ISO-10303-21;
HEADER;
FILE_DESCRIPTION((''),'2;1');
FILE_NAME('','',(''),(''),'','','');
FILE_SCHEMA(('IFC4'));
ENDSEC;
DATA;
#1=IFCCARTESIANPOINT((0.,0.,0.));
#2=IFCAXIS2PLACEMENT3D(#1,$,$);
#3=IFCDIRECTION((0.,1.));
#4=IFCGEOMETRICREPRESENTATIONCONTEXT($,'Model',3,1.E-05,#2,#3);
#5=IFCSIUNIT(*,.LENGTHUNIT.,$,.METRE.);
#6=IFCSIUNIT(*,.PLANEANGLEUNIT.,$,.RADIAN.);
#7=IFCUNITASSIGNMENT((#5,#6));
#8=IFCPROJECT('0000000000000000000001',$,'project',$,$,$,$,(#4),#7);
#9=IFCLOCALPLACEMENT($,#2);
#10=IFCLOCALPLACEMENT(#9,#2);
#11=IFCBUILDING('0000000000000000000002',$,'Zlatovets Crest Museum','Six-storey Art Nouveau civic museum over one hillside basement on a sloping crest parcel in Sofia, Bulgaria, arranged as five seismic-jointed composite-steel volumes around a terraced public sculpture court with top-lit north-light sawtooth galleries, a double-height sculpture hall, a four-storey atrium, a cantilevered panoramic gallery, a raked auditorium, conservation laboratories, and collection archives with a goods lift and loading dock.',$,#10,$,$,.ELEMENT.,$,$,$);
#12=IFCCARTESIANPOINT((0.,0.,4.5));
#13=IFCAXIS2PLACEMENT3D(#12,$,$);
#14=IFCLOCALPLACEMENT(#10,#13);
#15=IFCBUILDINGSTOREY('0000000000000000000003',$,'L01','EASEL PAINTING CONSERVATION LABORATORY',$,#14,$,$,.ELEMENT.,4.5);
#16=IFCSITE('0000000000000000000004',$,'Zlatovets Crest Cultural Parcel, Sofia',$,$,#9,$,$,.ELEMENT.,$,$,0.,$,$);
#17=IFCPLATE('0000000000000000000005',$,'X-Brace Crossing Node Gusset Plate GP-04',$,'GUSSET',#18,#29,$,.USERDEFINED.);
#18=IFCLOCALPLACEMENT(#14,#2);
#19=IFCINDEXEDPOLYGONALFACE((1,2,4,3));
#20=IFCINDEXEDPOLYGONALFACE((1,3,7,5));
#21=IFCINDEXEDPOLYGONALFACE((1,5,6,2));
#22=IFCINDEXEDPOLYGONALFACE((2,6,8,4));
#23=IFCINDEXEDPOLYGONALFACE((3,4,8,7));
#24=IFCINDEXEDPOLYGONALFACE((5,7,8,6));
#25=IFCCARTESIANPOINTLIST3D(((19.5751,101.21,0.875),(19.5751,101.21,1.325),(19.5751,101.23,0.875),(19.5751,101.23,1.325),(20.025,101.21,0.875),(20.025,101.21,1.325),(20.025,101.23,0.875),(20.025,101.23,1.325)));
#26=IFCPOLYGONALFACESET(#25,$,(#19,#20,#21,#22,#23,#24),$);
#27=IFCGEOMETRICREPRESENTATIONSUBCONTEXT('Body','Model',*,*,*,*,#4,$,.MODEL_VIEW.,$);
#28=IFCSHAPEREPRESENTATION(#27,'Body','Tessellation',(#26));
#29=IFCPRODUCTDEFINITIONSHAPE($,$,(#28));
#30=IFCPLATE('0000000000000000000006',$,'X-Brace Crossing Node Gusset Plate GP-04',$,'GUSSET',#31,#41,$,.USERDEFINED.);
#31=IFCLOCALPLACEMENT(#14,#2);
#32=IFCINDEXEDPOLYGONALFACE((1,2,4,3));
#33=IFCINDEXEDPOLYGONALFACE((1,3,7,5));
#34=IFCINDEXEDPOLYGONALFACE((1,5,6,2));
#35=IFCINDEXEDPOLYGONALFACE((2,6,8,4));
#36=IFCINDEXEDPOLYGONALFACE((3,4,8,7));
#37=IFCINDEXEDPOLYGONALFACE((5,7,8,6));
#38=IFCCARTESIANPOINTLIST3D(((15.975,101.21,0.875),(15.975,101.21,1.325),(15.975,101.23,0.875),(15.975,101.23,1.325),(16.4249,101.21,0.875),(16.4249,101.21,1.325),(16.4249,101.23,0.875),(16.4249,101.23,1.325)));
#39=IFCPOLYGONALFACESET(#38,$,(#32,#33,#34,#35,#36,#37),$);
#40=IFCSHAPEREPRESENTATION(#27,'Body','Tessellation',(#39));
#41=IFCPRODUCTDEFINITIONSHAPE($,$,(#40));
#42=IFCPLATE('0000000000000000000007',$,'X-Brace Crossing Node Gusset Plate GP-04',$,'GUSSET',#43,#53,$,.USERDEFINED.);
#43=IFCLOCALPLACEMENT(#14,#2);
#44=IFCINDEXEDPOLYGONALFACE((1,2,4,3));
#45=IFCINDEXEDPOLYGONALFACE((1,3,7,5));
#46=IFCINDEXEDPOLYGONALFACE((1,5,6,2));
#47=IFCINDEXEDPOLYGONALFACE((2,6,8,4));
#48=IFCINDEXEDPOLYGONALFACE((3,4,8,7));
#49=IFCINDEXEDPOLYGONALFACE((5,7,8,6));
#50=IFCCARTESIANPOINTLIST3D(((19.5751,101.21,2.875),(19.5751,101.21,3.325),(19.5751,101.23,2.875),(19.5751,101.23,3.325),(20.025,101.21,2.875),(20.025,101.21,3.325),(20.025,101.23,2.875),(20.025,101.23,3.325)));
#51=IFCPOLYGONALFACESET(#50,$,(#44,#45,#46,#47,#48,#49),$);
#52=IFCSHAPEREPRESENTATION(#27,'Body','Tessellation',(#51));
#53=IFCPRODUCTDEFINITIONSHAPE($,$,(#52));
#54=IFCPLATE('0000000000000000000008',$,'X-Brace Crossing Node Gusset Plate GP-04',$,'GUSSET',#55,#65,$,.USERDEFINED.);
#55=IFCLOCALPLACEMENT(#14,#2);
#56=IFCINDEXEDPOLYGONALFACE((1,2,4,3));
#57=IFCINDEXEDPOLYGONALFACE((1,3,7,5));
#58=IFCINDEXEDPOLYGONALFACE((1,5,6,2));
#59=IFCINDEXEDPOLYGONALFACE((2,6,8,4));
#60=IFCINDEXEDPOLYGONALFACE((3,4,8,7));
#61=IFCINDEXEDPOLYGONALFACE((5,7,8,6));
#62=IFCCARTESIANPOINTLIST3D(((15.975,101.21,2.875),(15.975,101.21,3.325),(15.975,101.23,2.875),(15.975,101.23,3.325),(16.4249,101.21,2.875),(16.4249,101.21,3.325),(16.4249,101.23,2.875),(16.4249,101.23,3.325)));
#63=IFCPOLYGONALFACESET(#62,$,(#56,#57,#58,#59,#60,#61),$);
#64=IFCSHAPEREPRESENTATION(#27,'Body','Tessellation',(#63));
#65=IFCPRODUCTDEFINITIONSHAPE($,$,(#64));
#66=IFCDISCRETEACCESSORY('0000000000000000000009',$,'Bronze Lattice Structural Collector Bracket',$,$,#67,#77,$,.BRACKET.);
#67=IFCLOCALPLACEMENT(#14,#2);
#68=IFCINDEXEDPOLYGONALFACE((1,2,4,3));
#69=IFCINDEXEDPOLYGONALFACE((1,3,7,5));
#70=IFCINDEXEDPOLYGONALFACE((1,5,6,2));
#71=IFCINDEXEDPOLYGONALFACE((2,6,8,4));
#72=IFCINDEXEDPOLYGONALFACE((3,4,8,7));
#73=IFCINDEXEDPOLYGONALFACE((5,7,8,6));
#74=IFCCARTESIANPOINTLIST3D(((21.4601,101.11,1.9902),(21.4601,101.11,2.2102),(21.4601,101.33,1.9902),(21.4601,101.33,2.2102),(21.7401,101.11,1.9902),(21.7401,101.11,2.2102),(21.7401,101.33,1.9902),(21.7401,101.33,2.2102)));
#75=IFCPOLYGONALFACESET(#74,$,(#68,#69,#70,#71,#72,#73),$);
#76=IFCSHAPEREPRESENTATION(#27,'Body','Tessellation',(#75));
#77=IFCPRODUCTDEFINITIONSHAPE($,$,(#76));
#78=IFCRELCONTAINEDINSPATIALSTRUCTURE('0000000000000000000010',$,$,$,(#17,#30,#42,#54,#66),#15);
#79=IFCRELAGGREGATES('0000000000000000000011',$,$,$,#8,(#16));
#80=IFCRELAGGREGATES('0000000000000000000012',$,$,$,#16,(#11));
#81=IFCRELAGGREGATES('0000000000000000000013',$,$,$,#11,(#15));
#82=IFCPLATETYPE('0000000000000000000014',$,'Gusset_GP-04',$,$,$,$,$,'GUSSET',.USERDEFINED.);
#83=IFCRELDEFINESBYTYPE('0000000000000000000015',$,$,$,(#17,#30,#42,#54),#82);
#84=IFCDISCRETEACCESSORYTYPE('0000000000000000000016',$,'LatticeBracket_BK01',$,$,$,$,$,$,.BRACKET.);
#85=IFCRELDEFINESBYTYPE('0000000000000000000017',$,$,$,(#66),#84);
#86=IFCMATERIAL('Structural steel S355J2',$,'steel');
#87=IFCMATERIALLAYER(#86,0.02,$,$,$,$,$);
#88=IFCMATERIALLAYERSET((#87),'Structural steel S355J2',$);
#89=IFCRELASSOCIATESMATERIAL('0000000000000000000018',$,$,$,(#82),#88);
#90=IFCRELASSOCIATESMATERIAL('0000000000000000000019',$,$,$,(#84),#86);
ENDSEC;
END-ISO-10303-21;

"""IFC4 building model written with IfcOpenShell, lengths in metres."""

from ifc_helpers import new_model, si_unit, direction, frame, origin, origin_2d, place, context, subcontext, project, spatial, rectangle, extrude, material, layer, layer_set, type_object, element, save


model = new_model("IFC4")

# Units and contexts
model_context = context("Model", 3, precision=1e-05, world=origin(), true_north=direction((0.0, 1.0)))
body_context = subcontext(model_context, "Body", "Model", "MODEL_VIEW")
ifc_project = project(units=[si_unit("LENGTHUNIT", "METRE"), si_unit("PLANEANGLEUNIT", "RADIAN")], contexts=[model_context])

# Site, building, storey
site_placement = place(None, origin())
site = spatial("IfcSite", under=ifc_project, at=site_placement, Name="Zlatovets Crest Cultural Parcel, Sofia", CompositionType="ELEMENT", RefElevation=0.0)
building_placement = place(site_placement, origin())
building = spatial("IfcBuilding", under=site, at=building_placement, Name="Zlatovets Crest Museum", Description="Six-storey Art Nouveau civic museum over one hillside basement on a sloping crest parcel in Sofia, Bulgaria, arranged as five seismic-jointed composite-steel volumes around a terraced public sculpture court with top-lit north-light sawtooth galleries, a double-height sculpture hall, a four-storey atrium, a cantilevered panoramic gallery, a raked auditorium, conservation laboratories, and collection archives with a goods lift and loading dock.", CompositionType="ELEMENT")
storey_placement = place(building_placement, frame((0.0, 0.0, 4.5)))
storey = spatial("IfcBuildingStorey", under=building, at=storey_placement, Name="L01", Description="EASEL PAINTING CONSERVATION LABORATORY", CompositionType="ELEMENT", Elevation=4.5)

# Shared definitions
ifc_material_1 = material(Name="Structural steel S355J2", Category="steel")

# Plates
ifc_layer_1 = layer(ifc_material_1, 0.02)
ifc_layer_set_1 = layer_set([ifc_layer_1], Name="Structural steel S355J2")
plate_type_1 = type_object("IfcPlateType", Name="Gusset_GP-04", ElementType="GUSSET", PredefinedType="USERDEFINED", material=ifc_layer_set_1)
for number, where, z_axis, x_axis, name in (
    (1, (19.8, 101.22, 0.875), (0.0, 0.0, 1.0), (1.0, 0.0, 0.0), "X-Brace Crossing Node Gusset Plate GP-04"),
    (2, (16.2, 101.22, 0.875), (0.0, 0.0, 1.0), (1.0, 0.0, 0.0), "X-Brace Crossing Node Gusset Plate GP-04"),
    (3, (19.8, 101.22, 2.875), (0.0, 0.0, 1.0), (1.0, 0.0, 0.0), "X-Brace Crossing Node Gusset Plate GP-04"),
    (4, (16.2, 101.22, 2.875), (0.0, 0.0, 1.0), (1.0, 0.0, 0.0), "X-Brace Crossing Node Gusset Plate GP-04"),
):
    element("IfcPlate", number, at=place(storey_placement, frame(where, z_axis=z_axis, x_axis=x_axis)), inside=storey, type_object=plate_type_1, Name=name, ObjectType="GUSSET", PredefinedType="USERDEFINED", context=body_context, shape_type="SweptSolid", body=[
        extrude(rectangle(XDim=0.45, YDim=0.02, at=origin_2d()), origin(), (0.0, 0.0, 1.0), 0.45),
    ])

# Discrete accessory
discrete_accessory_type = type_object("IfcDiscreteAccessoryType", Name="LatticeBracket_BK01", PredefinedType="BRACKET", material=ifc_material_1)
discrete_accessory_placement = place(storey_placement, frame((21.6001, 101.22, 1.9902), z_axis=(0.0, 0.0, 1.0), x_axis=(1.0, 0.0, 0.0)))
element("IfcDiscreteAccessory", 5, at=discrete_accessory_placement, inside=storey, type_object=discrete_accessory_type, Name="Bronze Lattice Structural Collector Bracket", PredefinedType="BRACKET", context=body_context, shape_type="SweptSolid", body=[
    extrude(rectangle(XDim=0.28, YDim=0.22, at=origin_2d()), origin(), (0.0, 0.0, 1.0), 0.22),
])

save(model, "model.ifc")
